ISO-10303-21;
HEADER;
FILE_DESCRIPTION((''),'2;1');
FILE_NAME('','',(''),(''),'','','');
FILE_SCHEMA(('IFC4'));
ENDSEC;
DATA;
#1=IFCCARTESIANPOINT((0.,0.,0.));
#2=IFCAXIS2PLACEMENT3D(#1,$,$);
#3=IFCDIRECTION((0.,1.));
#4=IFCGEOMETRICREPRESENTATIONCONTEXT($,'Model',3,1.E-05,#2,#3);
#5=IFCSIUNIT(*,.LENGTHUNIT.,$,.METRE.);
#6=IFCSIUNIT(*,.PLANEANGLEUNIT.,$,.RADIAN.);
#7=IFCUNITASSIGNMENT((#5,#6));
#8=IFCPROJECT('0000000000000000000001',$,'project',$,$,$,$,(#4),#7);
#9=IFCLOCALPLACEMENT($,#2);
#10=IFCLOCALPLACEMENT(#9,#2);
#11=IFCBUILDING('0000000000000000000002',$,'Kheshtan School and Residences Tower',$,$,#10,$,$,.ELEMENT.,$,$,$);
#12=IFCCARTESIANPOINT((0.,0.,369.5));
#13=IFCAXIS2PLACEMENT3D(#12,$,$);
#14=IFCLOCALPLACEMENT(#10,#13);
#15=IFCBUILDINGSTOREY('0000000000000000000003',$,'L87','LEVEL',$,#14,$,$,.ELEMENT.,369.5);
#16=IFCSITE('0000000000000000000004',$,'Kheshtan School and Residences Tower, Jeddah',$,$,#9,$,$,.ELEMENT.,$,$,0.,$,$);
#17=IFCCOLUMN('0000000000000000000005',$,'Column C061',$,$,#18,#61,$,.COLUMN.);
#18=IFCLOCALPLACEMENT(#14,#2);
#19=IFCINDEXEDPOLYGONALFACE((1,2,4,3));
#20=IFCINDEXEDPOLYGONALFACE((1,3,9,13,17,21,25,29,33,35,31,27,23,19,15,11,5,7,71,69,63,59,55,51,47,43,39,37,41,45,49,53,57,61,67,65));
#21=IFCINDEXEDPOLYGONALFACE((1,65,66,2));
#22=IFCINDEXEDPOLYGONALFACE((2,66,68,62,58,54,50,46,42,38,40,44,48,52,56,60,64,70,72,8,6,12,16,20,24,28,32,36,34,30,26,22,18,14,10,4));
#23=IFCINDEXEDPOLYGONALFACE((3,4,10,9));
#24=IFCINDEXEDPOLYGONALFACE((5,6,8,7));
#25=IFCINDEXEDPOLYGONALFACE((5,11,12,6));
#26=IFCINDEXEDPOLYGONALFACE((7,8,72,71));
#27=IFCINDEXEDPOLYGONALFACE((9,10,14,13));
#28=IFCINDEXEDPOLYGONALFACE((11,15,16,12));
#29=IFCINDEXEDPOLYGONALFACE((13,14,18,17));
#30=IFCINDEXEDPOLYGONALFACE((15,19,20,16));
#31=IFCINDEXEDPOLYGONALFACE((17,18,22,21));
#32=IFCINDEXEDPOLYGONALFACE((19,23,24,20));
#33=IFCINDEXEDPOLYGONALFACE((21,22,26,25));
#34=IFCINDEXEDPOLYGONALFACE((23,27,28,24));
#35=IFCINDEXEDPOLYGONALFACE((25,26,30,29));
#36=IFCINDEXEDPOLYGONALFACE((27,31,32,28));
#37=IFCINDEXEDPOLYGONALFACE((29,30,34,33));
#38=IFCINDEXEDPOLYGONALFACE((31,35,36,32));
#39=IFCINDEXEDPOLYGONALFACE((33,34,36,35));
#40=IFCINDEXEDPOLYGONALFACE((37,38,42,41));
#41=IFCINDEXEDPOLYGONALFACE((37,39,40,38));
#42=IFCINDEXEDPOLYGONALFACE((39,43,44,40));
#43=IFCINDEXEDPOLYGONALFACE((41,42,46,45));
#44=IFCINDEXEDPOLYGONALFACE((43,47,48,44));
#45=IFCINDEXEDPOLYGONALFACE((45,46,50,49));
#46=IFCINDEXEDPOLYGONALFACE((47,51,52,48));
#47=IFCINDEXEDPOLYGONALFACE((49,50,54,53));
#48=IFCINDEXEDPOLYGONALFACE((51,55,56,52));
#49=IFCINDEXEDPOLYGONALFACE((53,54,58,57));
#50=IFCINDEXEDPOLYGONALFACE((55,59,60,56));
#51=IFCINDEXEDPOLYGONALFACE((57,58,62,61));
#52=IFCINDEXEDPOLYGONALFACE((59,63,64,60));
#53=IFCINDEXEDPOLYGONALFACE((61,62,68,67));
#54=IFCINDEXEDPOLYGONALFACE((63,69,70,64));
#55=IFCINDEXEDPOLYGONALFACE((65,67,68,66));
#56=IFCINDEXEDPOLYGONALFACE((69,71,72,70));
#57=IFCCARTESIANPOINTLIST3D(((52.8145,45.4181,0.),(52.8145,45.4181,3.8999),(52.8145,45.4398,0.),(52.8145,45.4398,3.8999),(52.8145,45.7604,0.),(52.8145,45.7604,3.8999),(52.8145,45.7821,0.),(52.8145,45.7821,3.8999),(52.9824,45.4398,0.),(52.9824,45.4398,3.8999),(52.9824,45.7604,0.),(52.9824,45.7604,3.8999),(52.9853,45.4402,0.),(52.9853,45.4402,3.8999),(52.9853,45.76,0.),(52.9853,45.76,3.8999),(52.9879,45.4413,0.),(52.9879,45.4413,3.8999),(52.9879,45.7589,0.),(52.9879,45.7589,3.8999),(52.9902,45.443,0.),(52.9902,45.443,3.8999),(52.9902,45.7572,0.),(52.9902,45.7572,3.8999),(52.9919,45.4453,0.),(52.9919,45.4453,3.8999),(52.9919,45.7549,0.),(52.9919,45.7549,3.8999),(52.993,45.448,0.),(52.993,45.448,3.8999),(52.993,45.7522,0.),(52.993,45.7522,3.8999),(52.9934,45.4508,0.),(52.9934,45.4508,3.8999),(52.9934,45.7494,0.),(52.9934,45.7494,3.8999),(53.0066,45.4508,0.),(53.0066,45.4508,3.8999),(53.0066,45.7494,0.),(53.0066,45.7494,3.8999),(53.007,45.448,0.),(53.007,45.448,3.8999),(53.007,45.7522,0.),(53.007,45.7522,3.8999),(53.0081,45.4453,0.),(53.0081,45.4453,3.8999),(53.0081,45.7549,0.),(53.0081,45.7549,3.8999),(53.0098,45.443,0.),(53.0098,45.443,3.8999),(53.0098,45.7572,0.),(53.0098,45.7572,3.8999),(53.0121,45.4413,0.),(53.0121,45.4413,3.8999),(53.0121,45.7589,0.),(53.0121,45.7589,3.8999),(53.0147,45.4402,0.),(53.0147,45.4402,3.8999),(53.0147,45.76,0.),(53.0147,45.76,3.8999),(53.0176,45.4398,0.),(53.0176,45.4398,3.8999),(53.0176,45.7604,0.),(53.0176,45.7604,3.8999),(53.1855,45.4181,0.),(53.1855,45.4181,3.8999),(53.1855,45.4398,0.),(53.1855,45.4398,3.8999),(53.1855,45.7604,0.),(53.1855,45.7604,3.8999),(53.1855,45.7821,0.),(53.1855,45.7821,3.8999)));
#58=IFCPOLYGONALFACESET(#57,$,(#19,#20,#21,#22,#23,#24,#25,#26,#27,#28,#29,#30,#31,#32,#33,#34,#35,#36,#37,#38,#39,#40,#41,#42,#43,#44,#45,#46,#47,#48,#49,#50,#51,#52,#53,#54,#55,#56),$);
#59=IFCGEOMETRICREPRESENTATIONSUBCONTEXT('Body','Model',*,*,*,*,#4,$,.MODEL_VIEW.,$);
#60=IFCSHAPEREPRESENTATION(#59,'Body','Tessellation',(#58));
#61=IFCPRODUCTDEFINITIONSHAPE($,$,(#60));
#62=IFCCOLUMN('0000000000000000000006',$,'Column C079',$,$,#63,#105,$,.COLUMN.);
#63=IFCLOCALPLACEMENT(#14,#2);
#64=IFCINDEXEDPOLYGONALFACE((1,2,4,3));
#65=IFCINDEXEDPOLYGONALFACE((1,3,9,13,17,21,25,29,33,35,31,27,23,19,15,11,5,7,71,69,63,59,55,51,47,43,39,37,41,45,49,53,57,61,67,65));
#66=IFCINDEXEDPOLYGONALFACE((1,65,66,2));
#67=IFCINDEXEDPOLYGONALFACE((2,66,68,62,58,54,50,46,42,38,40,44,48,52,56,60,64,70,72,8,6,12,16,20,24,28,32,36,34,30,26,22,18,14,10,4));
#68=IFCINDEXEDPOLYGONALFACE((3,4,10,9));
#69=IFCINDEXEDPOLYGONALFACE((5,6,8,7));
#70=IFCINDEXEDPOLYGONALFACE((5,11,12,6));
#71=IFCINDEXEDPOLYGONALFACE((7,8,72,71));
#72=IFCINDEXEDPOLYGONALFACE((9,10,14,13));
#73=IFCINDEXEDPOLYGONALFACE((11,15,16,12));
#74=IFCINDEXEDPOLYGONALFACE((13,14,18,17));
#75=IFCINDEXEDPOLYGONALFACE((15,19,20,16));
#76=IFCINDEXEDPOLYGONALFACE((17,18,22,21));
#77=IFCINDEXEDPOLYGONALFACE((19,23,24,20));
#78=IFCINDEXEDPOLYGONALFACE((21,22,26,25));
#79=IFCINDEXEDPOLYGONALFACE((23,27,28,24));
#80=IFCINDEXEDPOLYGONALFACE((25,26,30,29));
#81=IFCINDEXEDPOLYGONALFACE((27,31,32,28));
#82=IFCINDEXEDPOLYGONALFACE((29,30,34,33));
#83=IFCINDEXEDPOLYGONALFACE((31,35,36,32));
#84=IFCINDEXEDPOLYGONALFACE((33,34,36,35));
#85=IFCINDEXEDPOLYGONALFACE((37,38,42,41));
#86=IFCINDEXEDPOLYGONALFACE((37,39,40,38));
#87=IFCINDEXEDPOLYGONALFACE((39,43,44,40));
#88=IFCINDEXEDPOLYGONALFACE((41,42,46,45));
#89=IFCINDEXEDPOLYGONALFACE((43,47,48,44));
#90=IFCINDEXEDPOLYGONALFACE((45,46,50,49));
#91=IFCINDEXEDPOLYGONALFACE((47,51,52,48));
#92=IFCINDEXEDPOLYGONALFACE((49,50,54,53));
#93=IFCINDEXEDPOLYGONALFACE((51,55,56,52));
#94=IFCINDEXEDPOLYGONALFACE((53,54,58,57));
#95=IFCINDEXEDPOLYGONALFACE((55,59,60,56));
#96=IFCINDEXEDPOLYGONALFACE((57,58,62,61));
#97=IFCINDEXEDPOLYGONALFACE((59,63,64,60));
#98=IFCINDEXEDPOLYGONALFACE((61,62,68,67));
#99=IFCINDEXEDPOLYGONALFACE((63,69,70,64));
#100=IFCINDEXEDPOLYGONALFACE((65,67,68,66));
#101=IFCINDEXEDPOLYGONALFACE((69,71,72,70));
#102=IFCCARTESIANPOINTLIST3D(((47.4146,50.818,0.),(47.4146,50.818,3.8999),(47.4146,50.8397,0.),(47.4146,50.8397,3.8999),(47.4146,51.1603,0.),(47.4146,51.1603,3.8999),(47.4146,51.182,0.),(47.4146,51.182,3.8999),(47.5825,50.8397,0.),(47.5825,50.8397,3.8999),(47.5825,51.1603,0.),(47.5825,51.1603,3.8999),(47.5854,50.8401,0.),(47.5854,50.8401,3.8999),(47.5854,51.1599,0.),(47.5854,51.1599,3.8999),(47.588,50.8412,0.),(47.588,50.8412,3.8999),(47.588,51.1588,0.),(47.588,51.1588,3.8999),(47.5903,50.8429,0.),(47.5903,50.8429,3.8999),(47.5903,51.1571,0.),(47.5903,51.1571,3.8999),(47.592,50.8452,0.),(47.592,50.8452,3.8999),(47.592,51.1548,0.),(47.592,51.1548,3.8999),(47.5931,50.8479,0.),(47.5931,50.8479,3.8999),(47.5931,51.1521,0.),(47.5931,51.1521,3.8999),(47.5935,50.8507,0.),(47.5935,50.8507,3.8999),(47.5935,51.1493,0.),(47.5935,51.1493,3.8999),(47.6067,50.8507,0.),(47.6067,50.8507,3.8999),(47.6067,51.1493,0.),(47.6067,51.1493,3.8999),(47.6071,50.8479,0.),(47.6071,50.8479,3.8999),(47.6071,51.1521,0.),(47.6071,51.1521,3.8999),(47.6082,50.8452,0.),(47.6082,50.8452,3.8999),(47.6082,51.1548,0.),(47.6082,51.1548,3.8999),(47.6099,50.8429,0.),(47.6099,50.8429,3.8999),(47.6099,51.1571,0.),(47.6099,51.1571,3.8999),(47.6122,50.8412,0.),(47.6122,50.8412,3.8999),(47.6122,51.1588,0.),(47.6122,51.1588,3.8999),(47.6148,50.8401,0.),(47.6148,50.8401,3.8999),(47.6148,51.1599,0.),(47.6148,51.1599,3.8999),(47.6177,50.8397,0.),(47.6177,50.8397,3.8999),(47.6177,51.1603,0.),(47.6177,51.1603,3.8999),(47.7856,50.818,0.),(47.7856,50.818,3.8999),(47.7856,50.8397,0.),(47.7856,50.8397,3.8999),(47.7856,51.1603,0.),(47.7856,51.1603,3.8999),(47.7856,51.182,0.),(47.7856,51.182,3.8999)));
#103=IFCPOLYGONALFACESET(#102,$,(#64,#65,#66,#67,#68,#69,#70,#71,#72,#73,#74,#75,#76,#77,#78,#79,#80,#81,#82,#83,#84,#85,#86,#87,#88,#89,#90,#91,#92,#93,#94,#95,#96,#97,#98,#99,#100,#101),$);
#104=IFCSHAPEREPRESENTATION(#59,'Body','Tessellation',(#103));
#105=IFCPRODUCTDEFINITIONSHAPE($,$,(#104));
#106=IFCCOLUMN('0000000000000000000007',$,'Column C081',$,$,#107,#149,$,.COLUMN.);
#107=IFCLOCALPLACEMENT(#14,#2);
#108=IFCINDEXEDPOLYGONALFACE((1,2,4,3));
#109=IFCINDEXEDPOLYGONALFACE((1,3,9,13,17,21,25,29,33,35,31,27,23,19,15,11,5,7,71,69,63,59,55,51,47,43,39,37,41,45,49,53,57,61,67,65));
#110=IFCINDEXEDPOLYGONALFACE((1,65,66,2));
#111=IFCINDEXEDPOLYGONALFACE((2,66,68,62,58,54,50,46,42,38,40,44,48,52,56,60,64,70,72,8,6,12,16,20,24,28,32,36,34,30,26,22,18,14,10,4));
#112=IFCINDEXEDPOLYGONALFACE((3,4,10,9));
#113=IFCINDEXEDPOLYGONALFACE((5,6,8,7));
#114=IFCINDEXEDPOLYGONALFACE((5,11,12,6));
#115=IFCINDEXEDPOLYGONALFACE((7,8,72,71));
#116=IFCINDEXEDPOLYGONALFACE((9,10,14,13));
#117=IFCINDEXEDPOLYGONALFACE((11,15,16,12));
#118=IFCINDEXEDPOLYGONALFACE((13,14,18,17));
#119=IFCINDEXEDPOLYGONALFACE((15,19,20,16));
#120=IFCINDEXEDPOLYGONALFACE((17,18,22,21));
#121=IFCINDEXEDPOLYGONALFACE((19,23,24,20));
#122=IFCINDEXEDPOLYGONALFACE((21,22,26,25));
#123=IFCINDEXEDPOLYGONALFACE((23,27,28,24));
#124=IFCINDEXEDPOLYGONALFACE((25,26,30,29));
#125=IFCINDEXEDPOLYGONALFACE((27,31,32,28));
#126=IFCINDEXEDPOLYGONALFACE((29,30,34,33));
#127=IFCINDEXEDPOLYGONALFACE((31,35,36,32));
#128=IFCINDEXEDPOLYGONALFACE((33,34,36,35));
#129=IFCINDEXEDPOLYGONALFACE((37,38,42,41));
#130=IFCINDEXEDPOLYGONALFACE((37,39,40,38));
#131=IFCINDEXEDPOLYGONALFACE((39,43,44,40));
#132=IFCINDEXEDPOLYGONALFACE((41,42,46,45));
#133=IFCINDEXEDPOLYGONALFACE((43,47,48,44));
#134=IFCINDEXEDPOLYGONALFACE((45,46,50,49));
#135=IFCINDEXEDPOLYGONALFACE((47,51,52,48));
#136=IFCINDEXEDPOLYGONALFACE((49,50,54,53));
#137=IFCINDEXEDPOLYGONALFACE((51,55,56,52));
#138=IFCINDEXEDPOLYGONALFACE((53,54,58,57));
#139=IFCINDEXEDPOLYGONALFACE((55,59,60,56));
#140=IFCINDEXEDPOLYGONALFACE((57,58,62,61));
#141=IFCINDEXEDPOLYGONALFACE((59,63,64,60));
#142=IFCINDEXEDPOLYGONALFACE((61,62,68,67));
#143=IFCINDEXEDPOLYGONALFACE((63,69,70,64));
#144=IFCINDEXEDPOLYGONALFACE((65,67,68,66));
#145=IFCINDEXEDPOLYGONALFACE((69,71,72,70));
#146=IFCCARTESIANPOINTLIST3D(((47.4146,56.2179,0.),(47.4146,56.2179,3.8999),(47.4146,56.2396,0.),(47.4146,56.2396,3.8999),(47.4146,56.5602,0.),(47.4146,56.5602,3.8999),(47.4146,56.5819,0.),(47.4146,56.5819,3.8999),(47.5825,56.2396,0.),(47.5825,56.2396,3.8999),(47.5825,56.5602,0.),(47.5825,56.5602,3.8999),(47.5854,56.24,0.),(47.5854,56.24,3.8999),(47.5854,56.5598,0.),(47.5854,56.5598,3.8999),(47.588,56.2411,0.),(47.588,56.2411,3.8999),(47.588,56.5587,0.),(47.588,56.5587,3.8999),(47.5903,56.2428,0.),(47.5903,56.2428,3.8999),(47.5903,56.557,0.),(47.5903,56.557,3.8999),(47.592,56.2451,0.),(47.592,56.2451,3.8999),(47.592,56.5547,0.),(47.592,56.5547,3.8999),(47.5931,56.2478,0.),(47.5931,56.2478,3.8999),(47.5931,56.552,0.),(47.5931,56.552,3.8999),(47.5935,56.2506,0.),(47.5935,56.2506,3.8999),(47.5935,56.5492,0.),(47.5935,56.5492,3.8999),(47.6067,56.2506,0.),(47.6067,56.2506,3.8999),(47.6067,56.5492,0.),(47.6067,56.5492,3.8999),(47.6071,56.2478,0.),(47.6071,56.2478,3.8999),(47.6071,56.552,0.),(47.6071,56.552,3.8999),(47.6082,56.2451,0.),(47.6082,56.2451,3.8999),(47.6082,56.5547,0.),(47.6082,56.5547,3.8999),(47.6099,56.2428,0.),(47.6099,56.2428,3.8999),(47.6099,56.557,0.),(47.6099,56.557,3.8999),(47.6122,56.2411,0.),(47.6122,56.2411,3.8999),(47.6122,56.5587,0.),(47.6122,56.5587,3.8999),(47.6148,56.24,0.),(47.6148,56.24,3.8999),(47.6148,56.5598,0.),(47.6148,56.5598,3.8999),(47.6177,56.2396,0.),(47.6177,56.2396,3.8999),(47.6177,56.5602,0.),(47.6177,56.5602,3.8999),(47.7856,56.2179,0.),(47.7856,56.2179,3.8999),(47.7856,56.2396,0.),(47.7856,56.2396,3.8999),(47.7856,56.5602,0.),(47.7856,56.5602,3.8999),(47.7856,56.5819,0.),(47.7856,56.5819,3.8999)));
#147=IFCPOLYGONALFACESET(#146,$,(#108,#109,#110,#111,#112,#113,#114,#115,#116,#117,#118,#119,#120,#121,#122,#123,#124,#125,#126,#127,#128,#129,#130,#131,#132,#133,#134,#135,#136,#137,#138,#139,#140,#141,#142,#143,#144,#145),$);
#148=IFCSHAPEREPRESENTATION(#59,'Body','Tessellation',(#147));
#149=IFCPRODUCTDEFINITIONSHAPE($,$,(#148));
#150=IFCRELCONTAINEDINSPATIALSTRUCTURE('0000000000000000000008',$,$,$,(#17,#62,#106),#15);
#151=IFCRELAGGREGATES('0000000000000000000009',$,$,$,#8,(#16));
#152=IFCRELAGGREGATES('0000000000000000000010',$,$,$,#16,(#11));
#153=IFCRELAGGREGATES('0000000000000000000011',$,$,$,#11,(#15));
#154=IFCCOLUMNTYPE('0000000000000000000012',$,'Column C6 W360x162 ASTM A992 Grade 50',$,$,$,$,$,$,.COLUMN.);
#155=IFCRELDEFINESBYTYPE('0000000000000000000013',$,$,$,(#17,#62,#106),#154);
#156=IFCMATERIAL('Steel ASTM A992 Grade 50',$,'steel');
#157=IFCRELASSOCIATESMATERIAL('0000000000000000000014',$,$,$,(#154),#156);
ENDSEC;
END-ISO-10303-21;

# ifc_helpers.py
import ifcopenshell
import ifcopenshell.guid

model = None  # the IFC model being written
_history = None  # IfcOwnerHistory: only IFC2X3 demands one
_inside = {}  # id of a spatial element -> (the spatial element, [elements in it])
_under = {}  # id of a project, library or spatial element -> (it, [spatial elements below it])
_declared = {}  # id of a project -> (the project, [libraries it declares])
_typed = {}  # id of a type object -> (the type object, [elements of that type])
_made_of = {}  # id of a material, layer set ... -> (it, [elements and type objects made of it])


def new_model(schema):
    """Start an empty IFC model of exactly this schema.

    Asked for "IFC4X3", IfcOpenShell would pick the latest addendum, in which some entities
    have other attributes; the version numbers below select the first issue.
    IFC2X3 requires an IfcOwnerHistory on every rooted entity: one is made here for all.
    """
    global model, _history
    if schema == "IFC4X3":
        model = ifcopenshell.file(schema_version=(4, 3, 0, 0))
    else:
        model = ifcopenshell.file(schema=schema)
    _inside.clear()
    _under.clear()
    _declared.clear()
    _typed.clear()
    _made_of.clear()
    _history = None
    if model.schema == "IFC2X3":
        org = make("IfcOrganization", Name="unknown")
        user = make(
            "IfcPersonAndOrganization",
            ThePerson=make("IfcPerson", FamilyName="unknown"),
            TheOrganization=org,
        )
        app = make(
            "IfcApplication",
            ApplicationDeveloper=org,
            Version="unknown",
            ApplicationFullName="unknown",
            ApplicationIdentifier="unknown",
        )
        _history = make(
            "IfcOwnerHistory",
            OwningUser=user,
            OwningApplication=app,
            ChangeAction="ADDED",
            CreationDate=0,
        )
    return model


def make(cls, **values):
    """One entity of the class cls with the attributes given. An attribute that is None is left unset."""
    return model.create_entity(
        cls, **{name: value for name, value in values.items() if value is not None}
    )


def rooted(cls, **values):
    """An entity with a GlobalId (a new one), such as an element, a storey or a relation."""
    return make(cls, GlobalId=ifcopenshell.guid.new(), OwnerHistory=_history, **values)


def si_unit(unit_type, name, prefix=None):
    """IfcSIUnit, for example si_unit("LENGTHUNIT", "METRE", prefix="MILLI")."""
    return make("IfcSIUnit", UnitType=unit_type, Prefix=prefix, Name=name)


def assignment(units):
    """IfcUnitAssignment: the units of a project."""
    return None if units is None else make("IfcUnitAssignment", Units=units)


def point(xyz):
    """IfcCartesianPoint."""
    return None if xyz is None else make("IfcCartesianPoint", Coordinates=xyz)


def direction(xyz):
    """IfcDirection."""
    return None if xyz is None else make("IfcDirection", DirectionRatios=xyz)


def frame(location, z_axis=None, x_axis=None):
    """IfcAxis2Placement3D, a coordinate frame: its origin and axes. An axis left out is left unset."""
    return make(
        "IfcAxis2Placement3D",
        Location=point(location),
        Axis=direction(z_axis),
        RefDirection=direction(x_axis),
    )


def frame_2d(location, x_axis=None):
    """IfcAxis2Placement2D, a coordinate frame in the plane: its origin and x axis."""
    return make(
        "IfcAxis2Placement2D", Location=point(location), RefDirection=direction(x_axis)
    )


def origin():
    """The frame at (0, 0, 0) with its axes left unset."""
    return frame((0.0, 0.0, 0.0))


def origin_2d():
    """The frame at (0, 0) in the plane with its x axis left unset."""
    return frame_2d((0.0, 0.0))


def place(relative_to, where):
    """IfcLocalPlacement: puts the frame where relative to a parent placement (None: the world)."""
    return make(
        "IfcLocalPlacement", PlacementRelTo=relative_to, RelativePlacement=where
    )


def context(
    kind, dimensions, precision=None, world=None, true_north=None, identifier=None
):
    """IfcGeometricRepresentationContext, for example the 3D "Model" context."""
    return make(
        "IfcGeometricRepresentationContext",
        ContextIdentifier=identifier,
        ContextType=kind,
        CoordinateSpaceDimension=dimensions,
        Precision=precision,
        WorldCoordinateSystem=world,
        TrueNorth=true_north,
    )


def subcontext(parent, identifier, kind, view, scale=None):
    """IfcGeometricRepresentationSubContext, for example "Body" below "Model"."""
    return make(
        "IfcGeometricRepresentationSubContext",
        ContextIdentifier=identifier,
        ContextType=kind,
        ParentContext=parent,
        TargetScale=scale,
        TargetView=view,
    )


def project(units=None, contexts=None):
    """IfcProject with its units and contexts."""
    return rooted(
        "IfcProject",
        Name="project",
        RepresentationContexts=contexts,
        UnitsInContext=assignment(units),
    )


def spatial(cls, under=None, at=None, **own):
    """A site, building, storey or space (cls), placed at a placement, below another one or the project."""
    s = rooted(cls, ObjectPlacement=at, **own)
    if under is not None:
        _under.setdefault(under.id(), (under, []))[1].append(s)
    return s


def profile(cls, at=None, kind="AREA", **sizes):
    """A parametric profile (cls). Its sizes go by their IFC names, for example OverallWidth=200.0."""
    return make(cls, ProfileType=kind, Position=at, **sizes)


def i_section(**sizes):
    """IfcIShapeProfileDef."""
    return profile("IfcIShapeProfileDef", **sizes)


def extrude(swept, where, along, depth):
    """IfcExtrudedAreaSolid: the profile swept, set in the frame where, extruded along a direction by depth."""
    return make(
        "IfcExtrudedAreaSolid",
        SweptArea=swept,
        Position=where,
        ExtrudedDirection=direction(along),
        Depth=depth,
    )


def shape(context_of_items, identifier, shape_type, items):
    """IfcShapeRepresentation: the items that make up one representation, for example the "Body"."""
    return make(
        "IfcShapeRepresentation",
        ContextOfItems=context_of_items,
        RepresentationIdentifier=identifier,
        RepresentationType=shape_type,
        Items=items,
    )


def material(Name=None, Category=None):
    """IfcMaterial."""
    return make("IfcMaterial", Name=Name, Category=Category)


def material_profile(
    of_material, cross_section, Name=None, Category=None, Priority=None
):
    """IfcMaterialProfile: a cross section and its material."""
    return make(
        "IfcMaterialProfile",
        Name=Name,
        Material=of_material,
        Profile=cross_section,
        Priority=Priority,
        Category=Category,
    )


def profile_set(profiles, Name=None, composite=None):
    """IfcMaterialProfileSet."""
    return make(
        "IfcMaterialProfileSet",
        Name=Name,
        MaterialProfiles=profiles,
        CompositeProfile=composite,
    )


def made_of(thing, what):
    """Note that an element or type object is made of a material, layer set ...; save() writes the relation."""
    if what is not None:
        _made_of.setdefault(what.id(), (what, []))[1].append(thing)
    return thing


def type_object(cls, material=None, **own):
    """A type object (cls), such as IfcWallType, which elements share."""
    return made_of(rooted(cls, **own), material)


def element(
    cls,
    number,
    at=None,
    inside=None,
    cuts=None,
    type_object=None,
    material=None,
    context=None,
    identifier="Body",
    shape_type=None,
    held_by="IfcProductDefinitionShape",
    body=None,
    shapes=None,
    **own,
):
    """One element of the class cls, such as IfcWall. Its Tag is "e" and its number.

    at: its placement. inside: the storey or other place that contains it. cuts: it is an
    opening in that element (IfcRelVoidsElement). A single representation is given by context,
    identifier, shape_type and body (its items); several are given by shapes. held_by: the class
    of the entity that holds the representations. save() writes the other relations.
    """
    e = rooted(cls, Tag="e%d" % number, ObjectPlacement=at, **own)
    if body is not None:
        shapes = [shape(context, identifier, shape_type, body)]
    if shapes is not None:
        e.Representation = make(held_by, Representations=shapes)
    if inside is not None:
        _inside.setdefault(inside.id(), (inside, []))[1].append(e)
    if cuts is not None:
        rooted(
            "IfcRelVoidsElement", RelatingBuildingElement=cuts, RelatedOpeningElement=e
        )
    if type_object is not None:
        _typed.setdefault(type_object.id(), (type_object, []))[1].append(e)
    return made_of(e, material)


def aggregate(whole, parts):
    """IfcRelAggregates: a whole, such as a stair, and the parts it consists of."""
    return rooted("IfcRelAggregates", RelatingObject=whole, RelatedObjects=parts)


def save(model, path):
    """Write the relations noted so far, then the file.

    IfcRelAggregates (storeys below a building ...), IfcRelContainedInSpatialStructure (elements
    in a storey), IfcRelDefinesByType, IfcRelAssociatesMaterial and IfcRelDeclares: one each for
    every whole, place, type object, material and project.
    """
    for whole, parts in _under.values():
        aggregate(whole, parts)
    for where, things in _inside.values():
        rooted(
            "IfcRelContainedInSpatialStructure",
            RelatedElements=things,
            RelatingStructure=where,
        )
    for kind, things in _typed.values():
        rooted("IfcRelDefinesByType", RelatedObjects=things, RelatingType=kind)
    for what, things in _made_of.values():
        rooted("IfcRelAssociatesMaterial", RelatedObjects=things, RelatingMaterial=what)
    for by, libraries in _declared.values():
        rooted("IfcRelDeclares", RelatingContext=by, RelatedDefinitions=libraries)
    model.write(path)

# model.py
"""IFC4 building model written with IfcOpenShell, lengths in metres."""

from ifc_helpers import new_model, si_unit, direction, frame, origin, origin_2d, place, context, subcontext, project, spatial, i_section, extrude, material, material_profile, profile_set, type_object, element, save


model = new_model("IFC4")

# Units and contexts
model_context = context("Model", 3, precision=1e-05, world=origin(), true_north=direction((0.0, 1.0)))
body_context = subcontext(model_context, "Body", "Model", "MODEL_VIEW")
ifc_project = project(units=[si_unit("LENGTHUNIT", "METRE"), si_unit("PLANEANGLEUNIT", "RADIAN")], contexts=[model_context])

# Site, building, storey
site_placement = place(None, origin())
site = spatial("IfcSite", under=ifc_project, at=site_placement, Name="Kheshtan School and Residences Tower, Jeddah", CompositionType="ELEMENT", RefElevation=0.0)
building_placement = place(site_placement, origin())
building = spatial("IfcBuilding", under=site, at=building_placement, Name="Kheshtan School and Residences Tower", CompositionType="ELEMENT")
storey_placement = place(building_placement, frame((0.0, 0.0, 369.5)))
storey = spatial("IfcBuildingStorey", under=building, at=storey_placement, Name="L87", Description="LEVEL", CompositionType="ELEMENT", Elevation=369.5)

# Columns
ifc_material_1 = material(Name="Steel ASTM A992 Grade 50", Category="steel")
ifc_material_profile_1 = material_profile(ifc_material_1, i_section(OverallWidth=0.3711, OverallDepth=0.364, WebThickness=0.0132, FlangeThickness=0.0217, FilletRadius=0.011, at=origin_2d()), Name="W360x162")
ifc_profile_set_1 = profile_set([ifc_material_profile_1], Name="Steel ASTM A992 Grade 50")
column_type_1 = type_object("IfcColumnType", Name="Column C6 W360x162 ASTM A992 Grade 50", PredefinedType="COLUMN", material=ifc_profile_set_1)
for number, where, z_axis, x_axis, name in (
    (1, (53.0, 45.6001, 0.0), (0.0, 0.0, 1.0), (1.0, 0.0, 0.0), "Column C061"),
    (2, (47.6001, 51.0, 0.0), (0.0, 0.0, 1.0), (1.0, 0.0, 0.0), "Column C079"),
    (3, (47.6001, 56.3999, 0.0), (0.0, 0.0, 1.0), (1.0, 0.0, 0.0), "Column C081"),
):
    element("IfcColumn", number, at=place(storey_placement, frame(where, z_axis=z_axis, x_axis=x_axis)), inside=storey, type_object=column_type_1, Name=name, PredefinedType="COLUMN", context=body_context, shape_type="SweptSolid", body=[
        extrude(i_section(OverallWidth=0.3711, OverallDepth=0.364, WebThickness=0.0132, FlangeThickness=0.0217, FilletRadius=0.011, at=origin_2d()), origin(), (0.0, 0.0, 1.0), 3.8999),
    ])

save(model, "model.ifc")
